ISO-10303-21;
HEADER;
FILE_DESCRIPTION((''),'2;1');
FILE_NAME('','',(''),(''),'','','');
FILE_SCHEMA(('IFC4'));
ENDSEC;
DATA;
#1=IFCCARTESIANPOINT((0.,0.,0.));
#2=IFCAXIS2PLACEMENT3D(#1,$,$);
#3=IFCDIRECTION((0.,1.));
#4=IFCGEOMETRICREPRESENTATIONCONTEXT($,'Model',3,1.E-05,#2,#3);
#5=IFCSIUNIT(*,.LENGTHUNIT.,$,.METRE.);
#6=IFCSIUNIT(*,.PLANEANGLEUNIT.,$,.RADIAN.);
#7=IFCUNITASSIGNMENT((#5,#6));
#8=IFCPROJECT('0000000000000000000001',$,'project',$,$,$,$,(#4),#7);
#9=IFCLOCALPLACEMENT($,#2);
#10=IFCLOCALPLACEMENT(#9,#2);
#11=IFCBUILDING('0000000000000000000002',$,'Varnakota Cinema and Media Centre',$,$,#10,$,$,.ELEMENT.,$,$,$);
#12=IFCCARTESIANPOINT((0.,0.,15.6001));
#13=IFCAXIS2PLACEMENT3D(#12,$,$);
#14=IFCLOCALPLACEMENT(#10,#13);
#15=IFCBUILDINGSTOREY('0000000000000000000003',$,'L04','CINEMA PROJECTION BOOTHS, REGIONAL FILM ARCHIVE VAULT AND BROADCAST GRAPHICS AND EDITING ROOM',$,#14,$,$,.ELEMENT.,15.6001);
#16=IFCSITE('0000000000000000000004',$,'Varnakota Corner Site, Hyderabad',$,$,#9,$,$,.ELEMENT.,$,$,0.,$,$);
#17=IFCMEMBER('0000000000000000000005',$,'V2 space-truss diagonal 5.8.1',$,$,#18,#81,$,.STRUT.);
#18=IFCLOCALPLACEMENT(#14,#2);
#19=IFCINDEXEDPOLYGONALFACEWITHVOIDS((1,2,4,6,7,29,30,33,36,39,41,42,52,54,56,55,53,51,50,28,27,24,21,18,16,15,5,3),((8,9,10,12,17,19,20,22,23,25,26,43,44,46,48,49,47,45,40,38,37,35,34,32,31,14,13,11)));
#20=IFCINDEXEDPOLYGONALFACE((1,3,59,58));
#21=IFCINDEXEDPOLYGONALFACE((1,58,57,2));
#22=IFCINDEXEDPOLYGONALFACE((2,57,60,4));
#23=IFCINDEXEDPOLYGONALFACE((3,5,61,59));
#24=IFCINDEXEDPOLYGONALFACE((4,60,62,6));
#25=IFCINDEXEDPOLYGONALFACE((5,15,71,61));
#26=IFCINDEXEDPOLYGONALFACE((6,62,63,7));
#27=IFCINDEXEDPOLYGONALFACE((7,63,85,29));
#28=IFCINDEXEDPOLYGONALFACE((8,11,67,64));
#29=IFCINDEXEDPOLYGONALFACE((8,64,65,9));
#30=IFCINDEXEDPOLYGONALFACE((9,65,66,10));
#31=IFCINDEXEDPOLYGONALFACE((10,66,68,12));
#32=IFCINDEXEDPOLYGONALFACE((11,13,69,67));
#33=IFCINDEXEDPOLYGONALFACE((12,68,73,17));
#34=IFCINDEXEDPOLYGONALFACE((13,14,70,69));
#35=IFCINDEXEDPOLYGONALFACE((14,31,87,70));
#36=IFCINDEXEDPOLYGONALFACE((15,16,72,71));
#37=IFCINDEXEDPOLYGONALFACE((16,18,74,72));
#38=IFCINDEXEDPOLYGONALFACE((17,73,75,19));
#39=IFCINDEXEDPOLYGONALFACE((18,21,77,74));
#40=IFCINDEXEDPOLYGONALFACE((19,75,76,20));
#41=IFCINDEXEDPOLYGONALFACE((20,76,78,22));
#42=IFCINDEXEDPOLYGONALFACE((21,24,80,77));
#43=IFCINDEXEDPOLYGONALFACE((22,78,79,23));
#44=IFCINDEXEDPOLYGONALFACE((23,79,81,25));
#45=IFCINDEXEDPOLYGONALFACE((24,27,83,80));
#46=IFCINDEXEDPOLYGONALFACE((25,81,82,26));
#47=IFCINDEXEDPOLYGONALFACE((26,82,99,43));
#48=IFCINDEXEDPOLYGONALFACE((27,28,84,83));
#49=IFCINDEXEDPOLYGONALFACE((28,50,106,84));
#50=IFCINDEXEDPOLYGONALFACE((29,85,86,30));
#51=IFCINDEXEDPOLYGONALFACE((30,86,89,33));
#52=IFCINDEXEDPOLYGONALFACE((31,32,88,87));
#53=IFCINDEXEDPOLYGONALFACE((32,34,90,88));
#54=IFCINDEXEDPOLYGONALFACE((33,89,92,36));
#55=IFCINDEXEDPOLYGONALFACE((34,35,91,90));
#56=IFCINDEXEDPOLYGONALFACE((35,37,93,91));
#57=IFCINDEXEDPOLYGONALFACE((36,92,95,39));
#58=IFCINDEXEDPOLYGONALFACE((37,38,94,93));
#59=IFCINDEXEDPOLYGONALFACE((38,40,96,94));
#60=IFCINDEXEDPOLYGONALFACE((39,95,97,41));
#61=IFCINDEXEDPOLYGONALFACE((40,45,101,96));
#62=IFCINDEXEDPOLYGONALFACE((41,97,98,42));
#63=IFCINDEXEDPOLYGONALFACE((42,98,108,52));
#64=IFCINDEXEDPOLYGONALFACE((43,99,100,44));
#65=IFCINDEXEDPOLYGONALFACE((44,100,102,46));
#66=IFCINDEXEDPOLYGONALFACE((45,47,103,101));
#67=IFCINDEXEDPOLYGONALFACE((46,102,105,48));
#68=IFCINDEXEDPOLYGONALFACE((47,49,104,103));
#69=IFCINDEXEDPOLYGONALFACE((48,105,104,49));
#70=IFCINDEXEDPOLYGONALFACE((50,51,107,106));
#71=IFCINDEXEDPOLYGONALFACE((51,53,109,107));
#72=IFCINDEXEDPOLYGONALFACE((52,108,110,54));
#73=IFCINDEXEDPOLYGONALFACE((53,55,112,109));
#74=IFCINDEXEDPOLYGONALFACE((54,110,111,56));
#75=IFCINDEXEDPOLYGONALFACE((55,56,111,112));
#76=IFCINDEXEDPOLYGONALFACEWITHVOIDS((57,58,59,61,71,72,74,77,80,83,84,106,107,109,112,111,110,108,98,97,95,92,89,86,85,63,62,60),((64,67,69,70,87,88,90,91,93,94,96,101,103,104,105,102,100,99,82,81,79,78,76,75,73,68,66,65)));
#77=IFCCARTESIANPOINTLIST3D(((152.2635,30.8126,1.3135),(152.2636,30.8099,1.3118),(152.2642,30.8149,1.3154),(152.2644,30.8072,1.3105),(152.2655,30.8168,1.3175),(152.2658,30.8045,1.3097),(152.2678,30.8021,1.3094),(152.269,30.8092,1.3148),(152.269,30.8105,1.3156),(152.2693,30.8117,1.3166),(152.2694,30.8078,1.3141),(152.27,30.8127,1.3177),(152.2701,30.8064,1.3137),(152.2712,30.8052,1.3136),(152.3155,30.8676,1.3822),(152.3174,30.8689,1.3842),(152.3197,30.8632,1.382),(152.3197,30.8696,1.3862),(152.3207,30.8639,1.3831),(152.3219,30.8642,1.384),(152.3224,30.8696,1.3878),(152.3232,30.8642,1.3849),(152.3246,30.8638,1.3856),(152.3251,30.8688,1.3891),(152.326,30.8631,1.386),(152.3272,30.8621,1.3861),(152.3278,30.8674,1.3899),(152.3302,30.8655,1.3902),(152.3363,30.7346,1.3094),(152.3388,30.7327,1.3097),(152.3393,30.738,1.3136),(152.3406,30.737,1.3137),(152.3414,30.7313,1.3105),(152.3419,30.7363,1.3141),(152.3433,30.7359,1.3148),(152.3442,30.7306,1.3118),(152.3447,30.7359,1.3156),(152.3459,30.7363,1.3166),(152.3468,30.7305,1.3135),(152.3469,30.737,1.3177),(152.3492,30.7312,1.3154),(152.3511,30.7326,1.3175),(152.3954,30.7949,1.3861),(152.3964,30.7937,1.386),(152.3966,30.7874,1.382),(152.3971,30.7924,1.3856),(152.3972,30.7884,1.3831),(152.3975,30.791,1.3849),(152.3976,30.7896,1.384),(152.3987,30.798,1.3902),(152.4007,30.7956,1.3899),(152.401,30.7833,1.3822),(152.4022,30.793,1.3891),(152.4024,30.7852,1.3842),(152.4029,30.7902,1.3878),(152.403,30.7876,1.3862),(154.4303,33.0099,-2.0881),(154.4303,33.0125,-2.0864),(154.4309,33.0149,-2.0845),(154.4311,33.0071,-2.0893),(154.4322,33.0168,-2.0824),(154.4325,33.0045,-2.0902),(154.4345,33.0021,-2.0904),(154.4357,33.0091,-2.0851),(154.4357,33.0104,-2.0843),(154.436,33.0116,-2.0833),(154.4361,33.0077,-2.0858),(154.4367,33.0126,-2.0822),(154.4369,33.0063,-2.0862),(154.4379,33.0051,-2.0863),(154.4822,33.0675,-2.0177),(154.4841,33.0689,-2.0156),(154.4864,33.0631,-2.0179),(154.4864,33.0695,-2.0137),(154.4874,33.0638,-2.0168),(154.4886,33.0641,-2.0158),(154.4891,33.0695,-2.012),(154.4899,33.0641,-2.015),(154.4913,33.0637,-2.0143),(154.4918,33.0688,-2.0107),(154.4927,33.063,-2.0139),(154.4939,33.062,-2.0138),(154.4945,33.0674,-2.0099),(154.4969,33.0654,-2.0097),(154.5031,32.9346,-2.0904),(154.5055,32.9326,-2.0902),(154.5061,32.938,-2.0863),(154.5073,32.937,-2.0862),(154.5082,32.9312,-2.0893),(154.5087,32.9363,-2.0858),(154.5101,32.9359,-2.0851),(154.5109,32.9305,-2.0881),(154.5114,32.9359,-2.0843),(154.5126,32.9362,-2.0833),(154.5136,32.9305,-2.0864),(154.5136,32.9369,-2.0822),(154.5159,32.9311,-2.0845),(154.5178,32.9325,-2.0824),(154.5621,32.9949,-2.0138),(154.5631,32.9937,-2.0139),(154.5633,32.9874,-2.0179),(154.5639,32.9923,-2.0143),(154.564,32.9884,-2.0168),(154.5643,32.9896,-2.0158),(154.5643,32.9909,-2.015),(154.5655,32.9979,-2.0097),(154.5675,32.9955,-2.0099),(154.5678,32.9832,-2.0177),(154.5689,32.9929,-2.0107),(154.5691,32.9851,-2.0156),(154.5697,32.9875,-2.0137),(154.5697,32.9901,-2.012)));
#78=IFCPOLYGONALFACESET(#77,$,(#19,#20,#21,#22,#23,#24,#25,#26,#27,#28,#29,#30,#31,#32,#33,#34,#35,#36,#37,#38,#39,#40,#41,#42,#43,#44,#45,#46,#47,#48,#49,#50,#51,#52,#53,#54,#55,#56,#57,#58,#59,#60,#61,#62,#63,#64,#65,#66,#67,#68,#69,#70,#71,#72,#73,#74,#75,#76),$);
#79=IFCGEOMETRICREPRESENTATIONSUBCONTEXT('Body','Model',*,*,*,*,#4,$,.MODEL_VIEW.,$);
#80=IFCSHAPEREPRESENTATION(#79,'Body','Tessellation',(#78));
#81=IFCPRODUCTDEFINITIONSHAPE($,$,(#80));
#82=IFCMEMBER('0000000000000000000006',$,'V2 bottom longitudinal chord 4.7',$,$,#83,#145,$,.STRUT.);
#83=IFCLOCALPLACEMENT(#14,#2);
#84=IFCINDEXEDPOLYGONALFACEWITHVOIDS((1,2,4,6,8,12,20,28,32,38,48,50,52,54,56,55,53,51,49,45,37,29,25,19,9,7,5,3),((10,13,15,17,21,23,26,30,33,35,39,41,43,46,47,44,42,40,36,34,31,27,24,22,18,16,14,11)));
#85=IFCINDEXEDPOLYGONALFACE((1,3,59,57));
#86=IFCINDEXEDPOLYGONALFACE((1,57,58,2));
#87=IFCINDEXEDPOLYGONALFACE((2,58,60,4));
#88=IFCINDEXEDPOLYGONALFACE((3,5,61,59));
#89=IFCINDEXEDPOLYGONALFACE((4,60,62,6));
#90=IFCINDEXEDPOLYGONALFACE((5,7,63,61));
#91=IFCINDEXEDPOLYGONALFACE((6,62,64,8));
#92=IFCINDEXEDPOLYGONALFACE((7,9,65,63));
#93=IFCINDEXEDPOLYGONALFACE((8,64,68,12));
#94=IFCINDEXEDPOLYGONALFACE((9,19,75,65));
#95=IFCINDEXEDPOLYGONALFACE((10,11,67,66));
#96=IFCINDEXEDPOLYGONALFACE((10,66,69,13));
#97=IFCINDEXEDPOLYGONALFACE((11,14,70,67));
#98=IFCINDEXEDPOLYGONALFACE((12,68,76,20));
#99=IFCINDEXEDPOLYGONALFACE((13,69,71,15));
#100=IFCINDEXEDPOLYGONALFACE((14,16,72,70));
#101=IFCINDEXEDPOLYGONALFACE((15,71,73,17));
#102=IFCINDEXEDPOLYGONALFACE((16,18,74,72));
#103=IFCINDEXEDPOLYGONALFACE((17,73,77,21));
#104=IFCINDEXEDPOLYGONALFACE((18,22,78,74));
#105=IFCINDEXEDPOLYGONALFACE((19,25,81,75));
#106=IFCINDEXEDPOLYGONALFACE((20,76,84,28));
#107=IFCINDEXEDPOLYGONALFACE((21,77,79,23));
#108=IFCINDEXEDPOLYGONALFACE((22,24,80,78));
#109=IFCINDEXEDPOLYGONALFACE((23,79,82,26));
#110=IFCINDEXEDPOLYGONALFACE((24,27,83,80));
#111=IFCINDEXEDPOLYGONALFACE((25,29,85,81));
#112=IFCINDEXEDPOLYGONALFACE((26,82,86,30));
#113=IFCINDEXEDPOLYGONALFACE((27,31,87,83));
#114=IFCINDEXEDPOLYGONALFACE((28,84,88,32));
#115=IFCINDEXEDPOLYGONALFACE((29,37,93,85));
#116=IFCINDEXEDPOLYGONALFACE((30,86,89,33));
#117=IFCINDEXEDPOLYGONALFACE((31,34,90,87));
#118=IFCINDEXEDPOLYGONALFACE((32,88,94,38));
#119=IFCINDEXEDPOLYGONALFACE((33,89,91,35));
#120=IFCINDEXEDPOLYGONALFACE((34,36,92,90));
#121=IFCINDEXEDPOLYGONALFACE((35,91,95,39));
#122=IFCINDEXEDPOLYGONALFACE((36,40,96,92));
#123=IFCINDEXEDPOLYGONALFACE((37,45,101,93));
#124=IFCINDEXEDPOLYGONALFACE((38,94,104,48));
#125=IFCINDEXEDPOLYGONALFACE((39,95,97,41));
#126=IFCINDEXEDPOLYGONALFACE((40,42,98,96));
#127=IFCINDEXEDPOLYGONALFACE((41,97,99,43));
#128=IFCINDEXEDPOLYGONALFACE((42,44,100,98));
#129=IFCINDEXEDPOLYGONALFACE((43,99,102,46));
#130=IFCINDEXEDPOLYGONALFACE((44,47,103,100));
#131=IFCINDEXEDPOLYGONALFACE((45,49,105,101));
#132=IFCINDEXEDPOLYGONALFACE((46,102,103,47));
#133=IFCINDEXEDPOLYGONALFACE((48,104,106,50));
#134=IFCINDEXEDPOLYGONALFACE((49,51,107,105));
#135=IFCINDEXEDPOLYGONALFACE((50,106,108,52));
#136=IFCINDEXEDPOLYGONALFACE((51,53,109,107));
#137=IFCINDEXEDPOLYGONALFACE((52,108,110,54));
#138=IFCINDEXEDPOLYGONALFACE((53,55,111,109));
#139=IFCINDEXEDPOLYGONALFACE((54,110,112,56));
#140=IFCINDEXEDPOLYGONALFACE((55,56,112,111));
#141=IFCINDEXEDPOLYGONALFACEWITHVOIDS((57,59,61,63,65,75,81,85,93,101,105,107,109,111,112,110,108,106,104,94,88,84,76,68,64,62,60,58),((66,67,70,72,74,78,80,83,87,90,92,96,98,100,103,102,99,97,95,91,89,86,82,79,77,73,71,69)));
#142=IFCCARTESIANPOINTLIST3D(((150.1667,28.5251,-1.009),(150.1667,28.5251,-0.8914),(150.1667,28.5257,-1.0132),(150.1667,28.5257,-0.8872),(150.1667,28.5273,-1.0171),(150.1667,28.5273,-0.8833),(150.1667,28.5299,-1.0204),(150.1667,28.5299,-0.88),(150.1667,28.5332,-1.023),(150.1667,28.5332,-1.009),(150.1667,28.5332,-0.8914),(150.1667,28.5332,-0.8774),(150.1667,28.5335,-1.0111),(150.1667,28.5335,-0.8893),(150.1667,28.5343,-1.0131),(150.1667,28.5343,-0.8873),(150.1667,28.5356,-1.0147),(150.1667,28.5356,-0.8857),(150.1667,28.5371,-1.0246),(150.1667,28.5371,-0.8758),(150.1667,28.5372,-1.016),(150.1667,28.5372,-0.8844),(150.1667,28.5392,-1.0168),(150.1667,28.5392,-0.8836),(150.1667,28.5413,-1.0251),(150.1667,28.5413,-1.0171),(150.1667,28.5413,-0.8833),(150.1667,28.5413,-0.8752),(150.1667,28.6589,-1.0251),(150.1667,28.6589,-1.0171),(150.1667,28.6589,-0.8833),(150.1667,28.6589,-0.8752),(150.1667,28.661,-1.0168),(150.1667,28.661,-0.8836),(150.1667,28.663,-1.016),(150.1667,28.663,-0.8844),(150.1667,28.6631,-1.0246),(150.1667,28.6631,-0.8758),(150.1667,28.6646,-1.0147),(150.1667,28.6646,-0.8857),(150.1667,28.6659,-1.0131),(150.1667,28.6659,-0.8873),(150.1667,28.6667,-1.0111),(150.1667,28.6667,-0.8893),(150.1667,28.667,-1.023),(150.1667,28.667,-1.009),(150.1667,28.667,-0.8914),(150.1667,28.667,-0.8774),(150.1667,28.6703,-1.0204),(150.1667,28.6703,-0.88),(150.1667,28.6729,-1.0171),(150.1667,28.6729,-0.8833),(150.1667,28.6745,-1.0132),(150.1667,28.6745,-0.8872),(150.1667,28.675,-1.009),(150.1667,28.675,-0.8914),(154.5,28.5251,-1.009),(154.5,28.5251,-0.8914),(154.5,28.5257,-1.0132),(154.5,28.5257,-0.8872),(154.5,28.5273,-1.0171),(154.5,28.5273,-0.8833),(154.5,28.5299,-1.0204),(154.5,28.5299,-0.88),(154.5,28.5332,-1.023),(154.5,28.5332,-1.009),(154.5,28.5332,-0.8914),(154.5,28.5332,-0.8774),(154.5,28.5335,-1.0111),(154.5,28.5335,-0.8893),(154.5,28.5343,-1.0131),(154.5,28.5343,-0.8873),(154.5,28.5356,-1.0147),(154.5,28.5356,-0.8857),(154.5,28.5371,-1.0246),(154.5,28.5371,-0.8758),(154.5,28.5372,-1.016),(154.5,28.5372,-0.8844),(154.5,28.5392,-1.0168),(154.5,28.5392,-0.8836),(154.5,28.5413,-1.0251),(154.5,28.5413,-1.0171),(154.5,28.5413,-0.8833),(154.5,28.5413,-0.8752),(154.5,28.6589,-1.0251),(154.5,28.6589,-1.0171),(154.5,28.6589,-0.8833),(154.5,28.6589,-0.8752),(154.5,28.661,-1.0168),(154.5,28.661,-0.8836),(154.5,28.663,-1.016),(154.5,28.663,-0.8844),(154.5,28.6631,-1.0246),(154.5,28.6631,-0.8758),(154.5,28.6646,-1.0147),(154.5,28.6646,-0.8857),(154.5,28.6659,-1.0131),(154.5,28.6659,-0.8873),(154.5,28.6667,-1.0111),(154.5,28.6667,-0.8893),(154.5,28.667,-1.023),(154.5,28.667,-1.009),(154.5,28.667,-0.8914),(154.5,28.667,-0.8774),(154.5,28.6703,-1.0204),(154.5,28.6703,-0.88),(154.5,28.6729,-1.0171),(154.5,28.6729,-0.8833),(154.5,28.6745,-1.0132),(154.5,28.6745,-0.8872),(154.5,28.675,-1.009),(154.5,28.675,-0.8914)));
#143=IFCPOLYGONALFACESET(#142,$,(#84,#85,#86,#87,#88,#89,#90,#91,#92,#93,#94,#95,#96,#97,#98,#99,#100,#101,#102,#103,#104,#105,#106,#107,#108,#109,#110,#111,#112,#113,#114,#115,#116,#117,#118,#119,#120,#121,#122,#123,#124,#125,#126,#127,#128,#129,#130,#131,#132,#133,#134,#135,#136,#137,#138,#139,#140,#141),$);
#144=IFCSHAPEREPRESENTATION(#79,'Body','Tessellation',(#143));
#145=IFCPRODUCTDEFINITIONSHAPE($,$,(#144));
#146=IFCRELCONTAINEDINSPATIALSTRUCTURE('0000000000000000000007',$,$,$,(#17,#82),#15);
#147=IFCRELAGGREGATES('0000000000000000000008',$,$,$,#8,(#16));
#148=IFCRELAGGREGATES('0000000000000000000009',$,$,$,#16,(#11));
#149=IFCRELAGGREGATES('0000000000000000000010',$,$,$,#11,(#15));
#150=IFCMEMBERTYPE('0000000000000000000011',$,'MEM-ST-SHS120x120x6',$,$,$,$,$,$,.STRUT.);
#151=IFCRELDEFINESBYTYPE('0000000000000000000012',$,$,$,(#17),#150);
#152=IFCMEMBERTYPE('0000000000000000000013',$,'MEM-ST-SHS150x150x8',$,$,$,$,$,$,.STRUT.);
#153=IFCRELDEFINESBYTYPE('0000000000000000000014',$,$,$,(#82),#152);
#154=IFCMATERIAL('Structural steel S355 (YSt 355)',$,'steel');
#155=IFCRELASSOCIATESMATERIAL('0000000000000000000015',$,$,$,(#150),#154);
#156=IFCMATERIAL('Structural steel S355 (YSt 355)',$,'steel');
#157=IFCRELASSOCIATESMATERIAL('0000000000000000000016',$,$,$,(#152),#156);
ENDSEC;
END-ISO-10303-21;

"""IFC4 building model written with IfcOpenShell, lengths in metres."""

from ifc_helpers import new_model, si_unit, direction, frame, origin, origin_2d, place, context, subcontext, project, spatial, hollow_rectangle, extrude, material, material_profile, profile_set, type_object, element, save


model = new_model("IFC4")

# Units and contexts
model_context = context("Model", 3, precision=1e-05, world=origin(), true_north=direction((0.0, 1.0)))
body_context = subcontext(model_context, "Body", "Model", "MODEL_VIEW")
ifc_project = project(units=[si_unit("LENGTHUNIT", "METRE"), si_unit("PLANEANGLEUNIT", "RADIAN")], contexts=[model_context])

# Site, building, storey
site_placement = place(None, origin())
site = spatial("IfcSite", under=ifc_project, at=site_placement, Name="Varnakota Corner Site, Hyderabad", CompositionType="ELEMENT", RefElevation=0.0)
building_placement = place(site_placement, origin())
building = spatial("IfcBuilding", under=site, at=building_placement, Name="Varnakota Cinema and Media Centre", CompositionType="ELEMENT")
storey_placement = place(building_placement, frame((0.0, 0.0, 15.6001)))
storey = spatial("IfcBuildingStorey", under=building, at=storey_placement, Name="L04", Description="CINEMA PROJECTION BOOTHS, REGIONAL FILM ARCHIVE VAULT AND BROADCAST GRAPHICS AND EDITING ROOM", CompositionType="ELEMENT", Elevation=15.6001)

# Members
ifc_material_1 = material(Name="Structural steel S355 (YSt 355)", Category="steel")
ifc_material_profile_1 = material_profile(ifc_material_1, hollow_rectangle(XDim=0.1201, YDim=0.1201, WallThickness=0.0061, InnerFilletRadius=0.0061, OuterFilletRadius=0.012, at=origin_2d()), Name="SHS 120x120x6")
ifc_profile_set_1 = profile_set([ifc_material_profile_1], Name="Structural steel S355 (YSt 355)")
member_type_1 = type_object("IfcMemberType", Name="MEM-ST-SHS120x120x6", PredefinedType="STRUT", material=ifc_profile_set_1)
member_1_placement = place(storey_placement, frame((154.5, 33.0, -2.05), z_axis=(-0.471769, -0.478999, 0.740266), x_axis=(0.712463, -0.70171, 0.0)))
element("IfcMember", 1, at=member_1_placement, inside=storey, type_object=member_type_1, Name="V2 space-truss diagonal 5.8.1", PredefinedType="STRUT", context=body_context, shape_type="SweptSolid", body=[
    extrude(hollow_rectangle(XDim=0.1201, YDim=0.1201, WallThickness=0.0061, InnerFilletRadius=0.0061, OuterFilletRadius=0.012, at=origin_2d()), origin(), (0.0, 0.0, 1.0), 4.5928),
])
ifc_material_2 = material(Name="Structural steel S355 (YSt 355)", Category="steel")
ifc_material_profile_2 = material_profile(ifc_material_2, hollow_rectangle(XDim=0.1499, YDim=0.1499, WallThickness=0.0081, InnerFilletRadius=0.0081, OuterFilletRadius=0.0161, at=origin_2d()), Name="SHS 150x150x8")
ifc_profile_set_2 = profile_set([ifc_material_profile_2], Name="Structural steel S355 (YSt 355)")
member_type_2 = type_object("IfcMemberType", Name="MEM-ST-SHS150x150x8", PredefinedType="STRUT", material=ifc_profile_set_2)
for number, where, z_axis, x_axis, name in (
    (2, (150.1667, 28.6001, -0.9502), (1.0, 0.0, 0.0), (0.0, 1.0, 0.0), "V2 bottom longitudinal chord 4.7"),
):
    element("IfcMember", number, at=place(storey_placement, frame(where, z_axis=z_axis, x_axis=x_axis)), inside=storey, type_object=member_type_2, Name=name, PredefinedType="STRUT", context=body_context, shape_type="SweptSolid", body=[
        extrude(hollow_rectangle(XDim=0.1499, YDim=0.1499, WallThickness=0.0081, InnerFilletRadius=0.0081, OuterFilletRadius=0.0161, at=origin_2d()), origin(), (0.0, 0.0, 1.0), 4.3333),
    ])

save(model, "model.ifc")
